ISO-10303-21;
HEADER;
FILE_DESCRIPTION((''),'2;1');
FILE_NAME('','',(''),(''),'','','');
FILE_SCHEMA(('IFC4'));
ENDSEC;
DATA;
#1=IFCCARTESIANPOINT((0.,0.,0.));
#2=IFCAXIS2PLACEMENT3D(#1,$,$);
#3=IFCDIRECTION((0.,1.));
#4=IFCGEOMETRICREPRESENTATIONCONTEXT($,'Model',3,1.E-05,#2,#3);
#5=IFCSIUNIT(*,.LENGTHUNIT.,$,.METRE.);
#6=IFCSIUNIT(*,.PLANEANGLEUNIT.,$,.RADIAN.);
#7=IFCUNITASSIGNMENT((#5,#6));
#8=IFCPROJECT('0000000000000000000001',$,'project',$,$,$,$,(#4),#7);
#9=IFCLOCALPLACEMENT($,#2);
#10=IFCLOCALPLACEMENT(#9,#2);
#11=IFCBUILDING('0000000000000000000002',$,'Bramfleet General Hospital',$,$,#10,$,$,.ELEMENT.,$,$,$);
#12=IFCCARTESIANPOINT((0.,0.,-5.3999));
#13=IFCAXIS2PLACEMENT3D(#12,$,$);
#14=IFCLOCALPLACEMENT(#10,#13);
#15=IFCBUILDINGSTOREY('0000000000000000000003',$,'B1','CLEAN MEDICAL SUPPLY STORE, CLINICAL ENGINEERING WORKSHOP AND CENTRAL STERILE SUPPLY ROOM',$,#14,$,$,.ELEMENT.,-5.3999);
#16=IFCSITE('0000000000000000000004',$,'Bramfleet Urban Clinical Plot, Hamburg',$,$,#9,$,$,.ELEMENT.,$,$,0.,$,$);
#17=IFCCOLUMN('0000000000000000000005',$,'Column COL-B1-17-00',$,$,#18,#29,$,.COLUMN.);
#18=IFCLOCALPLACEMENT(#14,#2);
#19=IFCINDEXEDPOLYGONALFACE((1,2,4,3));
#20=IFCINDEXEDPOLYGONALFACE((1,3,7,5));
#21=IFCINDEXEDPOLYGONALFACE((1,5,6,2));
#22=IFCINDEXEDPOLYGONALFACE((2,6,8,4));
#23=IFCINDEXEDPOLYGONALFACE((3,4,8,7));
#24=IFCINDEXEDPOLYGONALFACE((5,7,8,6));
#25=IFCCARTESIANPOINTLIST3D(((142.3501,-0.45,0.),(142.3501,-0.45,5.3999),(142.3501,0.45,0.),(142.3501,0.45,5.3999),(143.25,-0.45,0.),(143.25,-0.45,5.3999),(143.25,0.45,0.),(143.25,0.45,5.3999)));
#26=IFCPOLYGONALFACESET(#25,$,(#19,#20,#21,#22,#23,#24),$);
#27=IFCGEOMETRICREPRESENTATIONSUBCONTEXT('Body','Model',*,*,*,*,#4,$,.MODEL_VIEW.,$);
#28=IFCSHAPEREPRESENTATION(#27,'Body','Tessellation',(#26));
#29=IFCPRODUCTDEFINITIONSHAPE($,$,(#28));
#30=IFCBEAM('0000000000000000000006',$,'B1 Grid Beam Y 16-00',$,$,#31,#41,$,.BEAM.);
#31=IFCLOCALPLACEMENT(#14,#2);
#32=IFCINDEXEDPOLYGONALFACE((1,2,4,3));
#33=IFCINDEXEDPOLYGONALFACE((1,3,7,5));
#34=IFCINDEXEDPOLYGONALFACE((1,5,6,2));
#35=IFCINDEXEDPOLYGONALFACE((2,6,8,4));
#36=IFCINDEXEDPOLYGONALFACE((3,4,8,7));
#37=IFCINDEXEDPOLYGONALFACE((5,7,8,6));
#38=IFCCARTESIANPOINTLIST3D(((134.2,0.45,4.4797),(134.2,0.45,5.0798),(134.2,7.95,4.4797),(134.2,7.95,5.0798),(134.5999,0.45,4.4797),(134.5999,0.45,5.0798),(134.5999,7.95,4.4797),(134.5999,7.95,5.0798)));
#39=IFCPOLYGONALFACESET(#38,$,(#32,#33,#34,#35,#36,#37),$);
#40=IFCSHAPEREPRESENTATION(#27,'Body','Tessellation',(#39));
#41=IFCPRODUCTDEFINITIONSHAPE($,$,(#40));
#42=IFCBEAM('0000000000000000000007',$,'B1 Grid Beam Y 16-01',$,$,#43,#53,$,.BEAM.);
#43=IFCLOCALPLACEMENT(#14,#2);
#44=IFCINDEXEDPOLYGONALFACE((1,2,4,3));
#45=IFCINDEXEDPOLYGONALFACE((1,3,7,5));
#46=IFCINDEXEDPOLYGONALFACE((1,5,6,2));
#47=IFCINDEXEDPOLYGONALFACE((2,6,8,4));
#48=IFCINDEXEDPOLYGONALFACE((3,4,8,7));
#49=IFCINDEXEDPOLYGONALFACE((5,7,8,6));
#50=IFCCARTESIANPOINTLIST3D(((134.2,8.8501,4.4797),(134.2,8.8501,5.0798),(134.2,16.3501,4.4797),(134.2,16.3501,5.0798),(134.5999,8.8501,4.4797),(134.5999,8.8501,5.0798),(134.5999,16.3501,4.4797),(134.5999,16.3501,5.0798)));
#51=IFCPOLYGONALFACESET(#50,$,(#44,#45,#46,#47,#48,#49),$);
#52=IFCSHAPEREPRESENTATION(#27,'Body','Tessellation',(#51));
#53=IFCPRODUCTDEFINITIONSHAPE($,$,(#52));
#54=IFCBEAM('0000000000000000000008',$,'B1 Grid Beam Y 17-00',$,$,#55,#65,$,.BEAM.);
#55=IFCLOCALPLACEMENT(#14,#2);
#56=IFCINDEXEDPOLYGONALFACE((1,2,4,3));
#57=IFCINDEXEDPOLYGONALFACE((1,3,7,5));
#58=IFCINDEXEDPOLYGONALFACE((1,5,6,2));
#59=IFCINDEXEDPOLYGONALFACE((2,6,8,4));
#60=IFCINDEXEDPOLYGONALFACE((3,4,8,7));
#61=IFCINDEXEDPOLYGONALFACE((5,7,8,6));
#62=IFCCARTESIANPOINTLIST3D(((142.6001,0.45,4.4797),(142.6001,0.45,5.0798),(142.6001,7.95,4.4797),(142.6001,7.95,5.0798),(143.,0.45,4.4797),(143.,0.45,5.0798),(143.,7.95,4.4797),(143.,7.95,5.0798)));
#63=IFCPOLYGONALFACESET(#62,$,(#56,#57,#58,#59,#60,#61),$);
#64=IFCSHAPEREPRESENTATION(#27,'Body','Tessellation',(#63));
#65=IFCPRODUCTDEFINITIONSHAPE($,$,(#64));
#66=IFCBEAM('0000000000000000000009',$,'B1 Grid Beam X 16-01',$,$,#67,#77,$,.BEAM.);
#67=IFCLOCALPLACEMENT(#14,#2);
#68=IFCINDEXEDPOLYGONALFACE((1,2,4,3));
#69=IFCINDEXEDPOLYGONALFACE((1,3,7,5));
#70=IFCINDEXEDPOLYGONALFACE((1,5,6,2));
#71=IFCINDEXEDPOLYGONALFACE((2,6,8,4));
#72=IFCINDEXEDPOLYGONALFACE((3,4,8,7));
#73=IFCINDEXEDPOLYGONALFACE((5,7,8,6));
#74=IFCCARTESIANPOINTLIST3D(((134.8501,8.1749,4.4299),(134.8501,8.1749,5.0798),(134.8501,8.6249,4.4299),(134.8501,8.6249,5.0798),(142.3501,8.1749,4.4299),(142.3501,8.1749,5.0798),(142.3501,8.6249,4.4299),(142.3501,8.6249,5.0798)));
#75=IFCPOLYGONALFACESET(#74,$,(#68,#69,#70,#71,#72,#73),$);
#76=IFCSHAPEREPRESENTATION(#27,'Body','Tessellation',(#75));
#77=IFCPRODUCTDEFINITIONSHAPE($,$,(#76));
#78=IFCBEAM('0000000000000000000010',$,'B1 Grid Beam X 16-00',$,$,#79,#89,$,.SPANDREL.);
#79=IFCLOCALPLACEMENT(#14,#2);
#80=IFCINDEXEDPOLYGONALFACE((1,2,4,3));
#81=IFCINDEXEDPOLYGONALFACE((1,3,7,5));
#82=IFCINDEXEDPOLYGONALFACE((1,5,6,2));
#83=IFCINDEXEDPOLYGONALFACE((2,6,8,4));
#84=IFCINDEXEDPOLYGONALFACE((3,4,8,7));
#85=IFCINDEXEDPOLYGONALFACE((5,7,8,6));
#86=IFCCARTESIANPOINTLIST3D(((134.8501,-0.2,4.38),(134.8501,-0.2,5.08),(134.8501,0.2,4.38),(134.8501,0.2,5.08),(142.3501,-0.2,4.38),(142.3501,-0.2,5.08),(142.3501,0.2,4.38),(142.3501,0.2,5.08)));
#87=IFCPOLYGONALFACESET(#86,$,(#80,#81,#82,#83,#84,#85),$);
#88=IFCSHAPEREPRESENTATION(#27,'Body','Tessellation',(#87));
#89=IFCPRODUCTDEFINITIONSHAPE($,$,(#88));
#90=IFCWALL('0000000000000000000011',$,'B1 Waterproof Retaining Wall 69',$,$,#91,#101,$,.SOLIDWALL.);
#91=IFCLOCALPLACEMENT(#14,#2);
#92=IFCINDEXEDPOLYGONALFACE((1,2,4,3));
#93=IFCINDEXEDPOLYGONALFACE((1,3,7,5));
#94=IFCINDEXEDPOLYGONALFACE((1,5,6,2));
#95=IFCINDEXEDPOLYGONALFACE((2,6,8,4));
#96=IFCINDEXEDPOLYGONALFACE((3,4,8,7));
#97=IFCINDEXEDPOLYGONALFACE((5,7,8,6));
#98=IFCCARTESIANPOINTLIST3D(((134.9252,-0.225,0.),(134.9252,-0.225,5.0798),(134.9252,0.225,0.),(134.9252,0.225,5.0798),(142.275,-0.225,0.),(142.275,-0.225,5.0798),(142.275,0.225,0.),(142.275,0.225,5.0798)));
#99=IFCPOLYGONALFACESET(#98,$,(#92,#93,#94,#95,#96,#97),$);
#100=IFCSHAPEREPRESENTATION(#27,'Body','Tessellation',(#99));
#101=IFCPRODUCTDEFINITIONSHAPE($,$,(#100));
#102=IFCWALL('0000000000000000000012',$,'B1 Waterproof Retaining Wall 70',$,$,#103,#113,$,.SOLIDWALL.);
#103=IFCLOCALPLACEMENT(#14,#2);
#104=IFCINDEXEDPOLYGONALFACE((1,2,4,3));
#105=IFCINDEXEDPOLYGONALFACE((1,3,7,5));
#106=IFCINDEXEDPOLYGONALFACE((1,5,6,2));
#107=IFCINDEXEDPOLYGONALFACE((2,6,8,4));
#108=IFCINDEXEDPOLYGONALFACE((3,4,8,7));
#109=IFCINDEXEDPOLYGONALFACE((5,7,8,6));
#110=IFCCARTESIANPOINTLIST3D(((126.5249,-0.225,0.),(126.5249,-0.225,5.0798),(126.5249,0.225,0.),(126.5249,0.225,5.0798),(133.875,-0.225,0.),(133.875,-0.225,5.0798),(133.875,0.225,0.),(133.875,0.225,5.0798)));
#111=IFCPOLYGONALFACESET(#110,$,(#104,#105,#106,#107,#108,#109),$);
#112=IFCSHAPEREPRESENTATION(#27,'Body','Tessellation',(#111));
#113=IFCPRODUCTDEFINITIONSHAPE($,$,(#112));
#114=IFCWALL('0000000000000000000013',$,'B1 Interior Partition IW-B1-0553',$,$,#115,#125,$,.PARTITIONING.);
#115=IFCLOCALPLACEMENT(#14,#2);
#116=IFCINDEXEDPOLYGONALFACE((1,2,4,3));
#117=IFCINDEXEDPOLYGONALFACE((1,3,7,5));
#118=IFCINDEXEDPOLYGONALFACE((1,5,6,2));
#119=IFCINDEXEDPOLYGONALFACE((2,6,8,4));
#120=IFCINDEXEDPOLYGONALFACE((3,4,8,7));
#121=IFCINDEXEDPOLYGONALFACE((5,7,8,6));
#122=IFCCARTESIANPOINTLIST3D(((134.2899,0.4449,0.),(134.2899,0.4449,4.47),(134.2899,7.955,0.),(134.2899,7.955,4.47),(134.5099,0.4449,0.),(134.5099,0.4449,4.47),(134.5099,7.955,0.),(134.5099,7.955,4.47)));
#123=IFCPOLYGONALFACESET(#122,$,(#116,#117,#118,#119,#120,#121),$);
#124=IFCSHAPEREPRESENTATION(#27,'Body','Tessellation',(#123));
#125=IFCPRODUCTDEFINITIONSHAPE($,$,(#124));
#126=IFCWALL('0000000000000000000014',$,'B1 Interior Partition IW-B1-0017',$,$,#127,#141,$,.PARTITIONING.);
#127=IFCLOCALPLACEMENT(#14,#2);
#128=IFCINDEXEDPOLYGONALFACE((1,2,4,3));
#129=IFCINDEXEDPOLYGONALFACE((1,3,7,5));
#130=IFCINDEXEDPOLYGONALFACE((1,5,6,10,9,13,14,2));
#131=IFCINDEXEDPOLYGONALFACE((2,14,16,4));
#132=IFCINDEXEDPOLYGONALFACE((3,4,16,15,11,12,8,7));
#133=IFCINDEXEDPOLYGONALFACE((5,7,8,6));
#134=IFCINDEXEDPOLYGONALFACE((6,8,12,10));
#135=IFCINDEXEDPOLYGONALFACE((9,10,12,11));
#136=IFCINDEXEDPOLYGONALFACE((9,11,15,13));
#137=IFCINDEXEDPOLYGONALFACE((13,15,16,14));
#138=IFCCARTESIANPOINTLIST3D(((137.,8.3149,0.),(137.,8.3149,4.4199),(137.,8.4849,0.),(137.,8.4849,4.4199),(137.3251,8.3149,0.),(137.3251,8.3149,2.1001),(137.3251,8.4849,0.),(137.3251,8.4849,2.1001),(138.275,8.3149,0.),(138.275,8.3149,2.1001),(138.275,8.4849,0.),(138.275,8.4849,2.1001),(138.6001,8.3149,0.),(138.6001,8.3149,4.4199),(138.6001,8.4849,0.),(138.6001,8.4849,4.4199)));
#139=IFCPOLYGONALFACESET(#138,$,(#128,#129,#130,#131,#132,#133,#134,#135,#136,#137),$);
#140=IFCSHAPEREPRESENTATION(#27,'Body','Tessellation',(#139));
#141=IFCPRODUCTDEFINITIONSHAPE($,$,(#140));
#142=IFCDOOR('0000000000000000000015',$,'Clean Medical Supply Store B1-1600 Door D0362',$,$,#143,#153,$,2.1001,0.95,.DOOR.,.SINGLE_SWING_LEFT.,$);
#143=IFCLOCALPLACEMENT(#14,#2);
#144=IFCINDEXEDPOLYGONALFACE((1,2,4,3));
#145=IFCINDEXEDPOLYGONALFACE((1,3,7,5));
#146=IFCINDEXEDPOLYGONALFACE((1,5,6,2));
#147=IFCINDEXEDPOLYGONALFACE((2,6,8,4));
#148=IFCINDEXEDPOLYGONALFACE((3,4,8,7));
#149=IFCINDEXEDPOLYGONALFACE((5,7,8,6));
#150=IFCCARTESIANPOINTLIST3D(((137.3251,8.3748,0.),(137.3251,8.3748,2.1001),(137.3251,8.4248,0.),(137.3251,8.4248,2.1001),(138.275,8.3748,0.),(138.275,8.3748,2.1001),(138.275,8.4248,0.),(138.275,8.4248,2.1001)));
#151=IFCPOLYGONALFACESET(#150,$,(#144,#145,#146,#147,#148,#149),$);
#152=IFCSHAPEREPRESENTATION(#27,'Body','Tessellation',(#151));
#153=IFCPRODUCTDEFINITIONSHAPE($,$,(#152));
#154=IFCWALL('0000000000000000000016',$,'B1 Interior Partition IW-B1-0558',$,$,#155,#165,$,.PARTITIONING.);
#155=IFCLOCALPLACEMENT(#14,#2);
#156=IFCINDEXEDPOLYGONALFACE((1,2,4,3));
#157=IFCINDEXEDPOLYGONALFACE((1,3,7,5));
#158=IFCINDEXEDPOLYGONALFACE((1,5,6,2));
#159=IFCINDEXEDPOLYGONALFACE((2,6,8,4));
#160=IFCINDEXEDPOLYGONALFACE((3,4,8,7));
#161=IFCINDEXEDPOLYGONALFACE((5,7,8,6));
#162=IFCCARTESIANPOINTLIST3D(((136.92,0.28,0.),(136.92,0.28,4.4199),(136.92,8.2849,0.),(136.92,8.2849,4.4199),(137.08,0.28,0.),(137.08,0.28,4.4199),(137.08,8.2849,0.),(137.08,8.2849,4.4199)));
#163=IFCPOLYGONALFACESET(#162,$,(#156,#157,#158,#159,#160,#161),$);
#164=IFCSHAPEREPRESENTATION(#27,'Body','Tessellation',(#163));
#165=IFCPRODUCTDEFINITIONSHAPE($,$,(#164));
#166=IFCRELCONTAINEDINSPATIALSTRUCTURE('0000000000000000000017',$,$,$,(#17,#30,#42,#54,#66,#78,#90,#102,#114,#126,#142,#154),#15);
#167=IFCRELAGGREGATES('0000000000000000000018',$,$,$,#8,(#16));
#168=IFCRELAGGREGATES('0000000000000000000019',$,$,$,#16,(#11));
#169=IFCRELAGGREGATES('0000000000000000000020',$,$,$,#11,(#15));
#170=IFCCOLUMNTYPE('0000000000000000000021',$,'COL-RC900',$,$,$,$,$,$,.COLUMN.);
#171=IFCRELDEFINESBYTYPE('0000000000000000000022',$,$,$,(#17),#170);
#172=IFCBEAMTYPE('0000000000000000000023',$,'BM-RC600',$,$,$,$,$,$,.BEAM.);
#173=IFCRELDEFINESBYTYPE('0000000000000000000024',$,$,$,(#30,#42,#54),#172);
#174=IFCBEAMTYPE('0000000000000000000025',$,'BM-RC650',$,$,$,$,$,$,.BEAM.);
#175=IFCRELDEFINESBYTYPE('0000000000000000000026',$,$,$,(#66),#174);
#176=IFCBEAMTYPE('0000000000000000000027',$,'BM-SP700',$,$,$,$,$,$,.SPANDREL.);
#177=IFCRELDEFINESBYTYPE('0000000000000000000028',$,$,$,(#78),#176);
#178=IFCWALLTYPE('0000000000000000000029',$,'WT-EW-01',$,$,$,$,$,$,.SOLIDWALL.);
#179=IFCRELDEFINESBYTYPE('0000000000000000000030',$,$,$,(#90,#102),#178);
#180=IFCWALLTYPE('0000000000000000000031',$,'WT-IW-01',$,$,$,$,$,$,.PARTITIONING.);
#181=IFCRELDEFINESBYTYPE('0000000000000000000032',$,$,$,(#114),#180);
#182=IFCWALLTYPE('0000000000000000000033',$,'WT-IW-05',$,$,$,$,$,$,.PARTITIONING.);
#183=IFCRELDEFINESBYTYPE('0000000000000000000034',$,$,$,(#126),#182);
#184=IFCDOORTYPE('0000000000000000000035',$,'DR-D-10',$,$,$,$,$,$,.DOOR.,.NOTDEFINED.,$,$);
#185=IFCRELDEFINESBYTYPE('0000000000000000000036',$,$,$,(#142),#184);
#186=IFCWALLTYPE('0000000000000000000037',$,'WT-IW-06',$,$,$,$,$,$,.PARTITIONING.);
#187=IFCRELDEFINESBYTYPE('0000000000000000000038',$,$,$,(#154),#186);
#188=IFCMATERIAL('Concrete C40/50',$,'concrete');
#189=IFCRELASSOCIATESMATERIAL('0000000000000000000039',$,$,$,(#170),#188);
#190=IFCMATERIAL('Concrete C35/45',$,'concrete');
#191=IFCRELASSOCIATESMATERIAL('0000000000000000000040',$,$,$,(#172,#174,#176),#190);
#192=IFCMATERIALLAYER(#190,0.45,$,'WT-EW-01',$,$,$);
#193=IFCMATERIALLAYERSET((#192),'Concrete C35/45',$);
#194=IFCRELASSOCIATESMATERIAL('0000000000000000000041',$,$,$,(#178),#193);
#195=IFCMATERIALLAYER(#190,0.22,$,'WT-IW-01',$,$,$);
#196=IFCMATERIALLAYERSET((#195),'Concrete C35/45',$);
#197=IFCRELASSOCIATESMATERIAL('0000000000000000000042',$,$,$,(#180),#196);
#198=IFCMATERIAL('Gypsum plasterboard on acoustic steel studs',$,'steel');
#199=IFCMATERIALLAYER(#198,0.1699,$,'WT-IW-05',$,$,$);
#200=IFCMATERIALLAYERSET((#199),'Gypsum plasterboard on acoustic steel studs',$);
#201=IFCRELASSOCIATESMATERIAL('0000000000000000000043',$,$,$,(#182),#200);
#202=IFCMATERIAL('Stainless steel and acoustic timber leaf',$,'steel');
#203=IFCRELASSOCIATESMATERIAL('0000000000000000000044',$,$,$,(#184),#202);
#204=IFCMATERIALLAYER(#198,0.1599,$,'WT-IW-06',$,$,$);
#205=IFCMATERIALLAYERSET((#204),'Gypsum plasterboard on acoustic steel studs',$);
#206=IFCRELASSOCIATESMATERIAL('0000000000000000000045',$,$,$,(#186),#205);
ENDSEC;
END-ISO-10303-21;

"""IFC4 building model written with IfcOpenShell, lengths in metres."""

from ifc_helpers import new_model, si_unit, direction, frame, frame_2d, origin, origin_2d, place, context, subcontext, project, spatial, rectangle, extrude, material, layer, layer_set, material_profile, profile_set, type_object, element, fill, save


model = new_model("IFC4")

# Units and contexts
model_context = context("Model", 3, precision=1e-05, world=origin(), true_north=direction((0.0, 1.0)))
body_context = subcontext(model_context, "Body", "Model", "MODEL_VIEW")
ifc_project = project(units=[si_unit("LENGTHUNIT", "METRE"), si_unit("PLANEANGLEUNIT", "RADIAN")], contexts=[model_context])

# Site, building, storey
site_placement = place(None, origin())
site = spatial("IfcSite", under=ifc_project, at=site_placement, Name="Bramfleet Urban Clinical Plot, Hamburg", CompositionType="ELEMENT", RefElevation=0.0)
building_placement = place(site_placement, origin())
building = spatial("IfcBuilding", under=site, at=building_placement, Name="Bramfleet General Hospital", CompositionType="ELEMENT")
storey_placement = place(building_placement, frame((0.0, 0.0, -5.3999)))
storey = spatial("IfcBuildingStorey", under=building, at=storey_placement, Name="B1", Description="CLEAN MEDICAL SUPPLY STORE, CLINICAL ENGINEERING WORKSHOP AND CENTRAL STERILE SUPPLY ROOM", CompositionType="ELEMENT", Elevation=-5.3999)

# Shared definitions
ifc_material_1 = material(Name="Concrete C35/45", Category="concrete")

# Column
ifc_material_2 = material(Name="Concrete C40/50", Category="concrete")
ifc_material_profile_1 = material_profile(ifc_material_2, rectangle(XDim=0.8999, YDim=0.8999, at=origin_2d()), Name="RC COL 900x900")
ifc_profile_set_1 = profile_set([ifc_material_profile_1], Name="Concrete C40/50")
column_type = type_object("IfcColumnType", Name="COL-RC900", PredefinedType="COLUMN", material=ifc_profile_set_1)
for number, where, z_axis, x_axis, name in (
    (1, (142.8, 0.0, 0.0), (0.0, 0.0, 1.0), (1.0, 0.0, 0.0), "Column COL-B1-17-00"),
):
    element("IfcColumn", number, at=place(storey_placement, frame(where, z_axis=z_axis, x_axis=x_axis)), inside=storey, type_object=column_type, Name=name, PredefinedType="COLUMN", context=body_context, shape_type="SweptSolid", body=[
        extrude(rectangle(XDim=0.8999, YDim=0.8999, at=origin_2d()), origin(), (0.0, 0.0, 1.0), 5.3999),
    ])

# Beams
ifc_material_profile_2 = material_profile(ifc_material_1, rectangle(XDim=0.3999, YDim=0.6001, at=origin_2d()), Name="RC BM 600x400")
ifc_profile_set_2 = profile_set([ifc_material_profile_2], Name="Concrete C35/45")
beam_type_1 = type_object("IfcBeamType", Name="BM-RC600", PredefinedType="BEAM", material=ifc_profile_set_2)
for number, where, z_axis, x_axis, name in (
    (2, (134.3999, 0.45, 4.7798), (0.0, 1.0, 0.0), (-1.0, 0.0, 0.0), "B1 Grid Beam Y 16-00"),
    (3, (134.3999, 8.8501, 4.7798), (0.0, 1.0, 0.0), (-1.0, 0.0, 0.0), "B1 Grid Beam Y 16-01"),
    (4, (142.8, 0.45, 4.7798), (0.0, 1.0, 0.0), (-1.0, 0.0, 0.0), "B1 Grid Beam Y 17-00"),
):
    element("IfcBeam", number, at=place(storey_placement, frame(where, z_axis=z_axis, x_axis=x_axis)), inside=storey, type_object=beam_type_1, Name=name, PredefinedType="BEAM", context=body_context, shape_type="SweptSolid", body=[
        extrude(rectangle(XDim=0.3999, YDim=0.6001, at=origin_2d()), origin(), (0.0, 0.0, 1.0), 7.5),
    ])
ifc_material_profile_3 = material_profile(ifc_material_1, rectangle(XDim=0.45, YDim=0.6499, at=origin_2d()), Name="RC BM 650x450")
ifc_profile_set_3 = profile_set([ifc_material_profile_3], Name="Concrete C35/45")
beam_type_2 = type_object("IfcBeamType", Name="BM-RC650", PredefinedType="BEAM", material=ifc_profile_set_3)
beam_1_placement = place(storey_placement, frame((134.8501, 8.3999, 4.7549), z_axis=(1.0, 0.0, 0.0), x_axis=(0.0, 1.0, 0.0)))
element("IfcBeam", 5, at=beam_1_placement, inside=storey, type_object=beam_type_2, Name="B1 Grid Beam X 16-01", PredefinedType="BEAM", context=body_context, shape_type="SweptSolid", body=[
    extrude(rectangle(XDim=0.45, YDim=0.6499, at=origin_2d()), origin(), (0.0, 0.0, 1.0), 7.5),
])
ifc_material_profile_4 = material_profile(ifc_material_1, rectangle(XDim=0.3999, YDim=0.7, at=origin_2d()), Name="RC SP 700x400")
ifc_profile_set_4 = profile_set([ifc_material_profile_4], Name="Concrete C35/45")
beam_type_3 = type_object("IfcBeamType", Name="BM-SP700", PredefinedType="SPANDREL", material=ifc_profile_set_4)
beam_2_placement = place(storey_placement, frame((134.8501, 0.0, 4.73), z_axis=(1.0, 0.0, 0.0), x_axis=(0.0, 1.0, 0.0)))
element("IfcBeam", 6, at=beam_2_placement, inside=storey, type_object=beam_type_3, Name="B1 Grid Beam X 16-00", PredefinedType="SPANDREL", context=body_context, shape_type="SweptSolid", body=[
    extrude(rectangle(XDim=0.3999, YDim=0.7, at=origin_2d()), origin(), (0.0, 0.0, 1.0), 7.5),
])

# Walls
ifc_layer_1 = layer(ifc_material_1, 0.45, Name="WT-EW-01")
ifc_layer_set_1 = layer_set([ifc_layer_1], Name="Concrete C35/45")
wall_type_1 = type_object("IfcWallType", Name="WT-EW-01", PredefinedType="SOLIDWALL", material=ifc_layer_set_1)
wall_1_placement = place(storey_placement, frame((142.2749, 0.0, 0.0), z_axis=(0.0, 0.0, 1.0), x_axis=(-1.0, 0.0, 0.0)))
element("IfcWall", 7, at=wall_1_placement, inside=storey, type_object=wall_type_1, Name="B1 Waterproof Retaining Wall 69", PredefinedType="SOLIDWALL", context=body_context, shape_type="SweptSolid", body=[
    extrude(rectangle(XDim=7.3499, YDim=0.45, at=frame_2d((3.6748, 0.0))), origin(), (0.0, 0.0, 1.0), 5.0798),
])
wall_2_placement = place(storey_placement, frame((133.875, 0.0, 0.0), z_axis=(0.0, 0.0, 1.0), x_axis=(-1.0, 0.0, 0.0)))
element("IfcWall", 8, at=wall_2_placement, inside=storey, type_object=wall_type_1, Name="B1 Waterproof Retaining Wall 70", PredefinedType="SOLIDWALL", context=body_context, shape_type="SweptSolid", body=[
    extrude(rectangle(XDim=7.3501, YDim=0.45, at=frame_2d((3.675, 0.0))), origin(), (0.0, 0.0, 1.0), 5.0798),
])
ifc_layer_2 = layer(ifc_material_1, 0.22, Name="WT-IW-01")
ifc_layer_set_2 = layer_set([ifc_layer_2], Name="Concrete C35/45")
wall_type_2 = type_object("IfcWallType", Name="WT-IW-01", PredefinedType="PARTITIONING", material=ifc_layer_set_2)
wall_3_placement = place(storey_placement, frame((134.3999, 0.4451, 0.0), z_axis=(0.0, 0.0, 1.0), x_axis=(0.0, 1.0, 0.0)))
element("IfcWall", 9, at=wall_3_placement, inside=storey, type_object=wall_type_2, Name="B1 Interior Partition IW-B1-0553", PredefinedType="PARTITIONING", context=body_context, shape_type="SweptSolid", body=[
    extrude(rectangle(XDim=7.51, YDim=0.22, at=frame_2d((3.7549, 0.0))), origin(), (0.0, 0.0, 1.0), 4.47),
])

# Wall, opening, door
ifc_material_3 = material(Name="Gypsum plasterboard on acoustic steel studs", Category="steel")
ifc_layer_3 = layer(ifc_material_3, 0.1699, Name="WT-IW-05")
ifc_layer_set_3 = layer_set([ifc_layer_3], Name="Gypsum plasterboard on acoustic steel studs")
wall_type_3 = type_object("IfcWallType", Name="WT-IW-05", PredefinedType="PARTITIONING", material=ifc_layer_set_3)
wall_4_placement = place(storey_placement, frame((137.0, 8.3999, 0.0), z_axis=(0.0, 0.0, 1.0), x_axis=(1.0, 0.0, 0.0)))
wall_4 = element("IfcWall", 10, at=wall_4_placement, inside=storey, type_object=wall_type_3, Name="B1 Interior Partition IW-B1-0017", PredefinedType="PARTITIONING", context=body_context, shape_type="SweptSolid", body=[
    extrude(rectangle(XDim=1.6001, YDim=0.1699, at=frame_2d((0.8, 0.0))), origin(), (0.0, 0.0, 1.0), 4.4199),
])
opening_1_placement = place(wall_4_placement, frame((0.325, 0.0, 0.0)))
opening_1 = element("IfcOpeningElement", 11, at=opening_1_placement, cuts=wall_4, PredefinedType="OPENING", context=body_context, shape_type="SweptSolid", body=[
    extrude(rectangle(XDim=0.95, YDim=2.1001, at=frame_2d((0.4751, 1.05))), frame((0.0, 0.095, 0.0), z_axis=(0.0, -1.0, 0.0), x_axis=(1.0, 0.0, 0.0)), (0.0, 0.0, 1.0), 0.1899),
])
ifc_material_4 = material(Name="Stainless steel and acoustic timber leaf", Category="steel")
door_type_1 = type_object("IfcDoorType", Name="DR-D-10", OperationType="NOTDEFINED", PredefinedType="DOOR", material=ifc_material_4)
door_1_placement = place(opening_1_placement, origin())
door_1 = element("IfcDoor", 12, at=door_1_placement, inside=storey, type_object=door_type_1, Name="Clean Medical Supply Store B1-1600 Door D0362", OperationType="SINGLE_SWING_LEFT", OverallHeight=2.1001, OverallWidth=0.95, PredefinedType="DOOR", context=body_context, shape_type="SweptSolid", body=[
    extrude(rectangle(XDim=0.95, YDim=2.1001, at=frame_2d((0.4751, 1.05))), frame((0.0, 0.0249, 0.0), z_axis=(0.0, -1.0, 0.0), x_axis=(1.0, 0.0, 0.0)), (0.0, 0.0, 1.0), 0.05),
])
fill(opening_1, door_1)
ifc_layer_4 = layer(ifc_material_3, 0.1599, Name="WT-IW-06")
ifc_layer_set_4 = layer_set([ifc_layer_4], Name="Gypsum plasterboard on acoustic steel studs")
wall_type_4 = type_object("IfcWallType", Name="WT-IW-06", PredefinedType="PARTITIONING", material=ifc_layer_set_4)

# Wall
wall_5_placement = place(storey_placement, frame((137.0, 0.28, 0.0), z_axis=(0.0, 0.0, 1.0), x_axis=(0.0, 1.0, 0.0)))
element("IfcWall", 13, at=wall_5_placement, inside=storey, type_object=wall_type_4, Name="B1 Interior Partition IW-B1-0558", PredefinedType="PARTITIONING", context=body_context, shape_type="SweptSolid", body=[
    extrude(rectangle(XDim=8.0049, YDim=0.1599, at=frame_2d((4.0024, 0.0))), origin(), (0.0, 0.0, 1.0), 4.4199),
])

save(model, "model.ifc")
